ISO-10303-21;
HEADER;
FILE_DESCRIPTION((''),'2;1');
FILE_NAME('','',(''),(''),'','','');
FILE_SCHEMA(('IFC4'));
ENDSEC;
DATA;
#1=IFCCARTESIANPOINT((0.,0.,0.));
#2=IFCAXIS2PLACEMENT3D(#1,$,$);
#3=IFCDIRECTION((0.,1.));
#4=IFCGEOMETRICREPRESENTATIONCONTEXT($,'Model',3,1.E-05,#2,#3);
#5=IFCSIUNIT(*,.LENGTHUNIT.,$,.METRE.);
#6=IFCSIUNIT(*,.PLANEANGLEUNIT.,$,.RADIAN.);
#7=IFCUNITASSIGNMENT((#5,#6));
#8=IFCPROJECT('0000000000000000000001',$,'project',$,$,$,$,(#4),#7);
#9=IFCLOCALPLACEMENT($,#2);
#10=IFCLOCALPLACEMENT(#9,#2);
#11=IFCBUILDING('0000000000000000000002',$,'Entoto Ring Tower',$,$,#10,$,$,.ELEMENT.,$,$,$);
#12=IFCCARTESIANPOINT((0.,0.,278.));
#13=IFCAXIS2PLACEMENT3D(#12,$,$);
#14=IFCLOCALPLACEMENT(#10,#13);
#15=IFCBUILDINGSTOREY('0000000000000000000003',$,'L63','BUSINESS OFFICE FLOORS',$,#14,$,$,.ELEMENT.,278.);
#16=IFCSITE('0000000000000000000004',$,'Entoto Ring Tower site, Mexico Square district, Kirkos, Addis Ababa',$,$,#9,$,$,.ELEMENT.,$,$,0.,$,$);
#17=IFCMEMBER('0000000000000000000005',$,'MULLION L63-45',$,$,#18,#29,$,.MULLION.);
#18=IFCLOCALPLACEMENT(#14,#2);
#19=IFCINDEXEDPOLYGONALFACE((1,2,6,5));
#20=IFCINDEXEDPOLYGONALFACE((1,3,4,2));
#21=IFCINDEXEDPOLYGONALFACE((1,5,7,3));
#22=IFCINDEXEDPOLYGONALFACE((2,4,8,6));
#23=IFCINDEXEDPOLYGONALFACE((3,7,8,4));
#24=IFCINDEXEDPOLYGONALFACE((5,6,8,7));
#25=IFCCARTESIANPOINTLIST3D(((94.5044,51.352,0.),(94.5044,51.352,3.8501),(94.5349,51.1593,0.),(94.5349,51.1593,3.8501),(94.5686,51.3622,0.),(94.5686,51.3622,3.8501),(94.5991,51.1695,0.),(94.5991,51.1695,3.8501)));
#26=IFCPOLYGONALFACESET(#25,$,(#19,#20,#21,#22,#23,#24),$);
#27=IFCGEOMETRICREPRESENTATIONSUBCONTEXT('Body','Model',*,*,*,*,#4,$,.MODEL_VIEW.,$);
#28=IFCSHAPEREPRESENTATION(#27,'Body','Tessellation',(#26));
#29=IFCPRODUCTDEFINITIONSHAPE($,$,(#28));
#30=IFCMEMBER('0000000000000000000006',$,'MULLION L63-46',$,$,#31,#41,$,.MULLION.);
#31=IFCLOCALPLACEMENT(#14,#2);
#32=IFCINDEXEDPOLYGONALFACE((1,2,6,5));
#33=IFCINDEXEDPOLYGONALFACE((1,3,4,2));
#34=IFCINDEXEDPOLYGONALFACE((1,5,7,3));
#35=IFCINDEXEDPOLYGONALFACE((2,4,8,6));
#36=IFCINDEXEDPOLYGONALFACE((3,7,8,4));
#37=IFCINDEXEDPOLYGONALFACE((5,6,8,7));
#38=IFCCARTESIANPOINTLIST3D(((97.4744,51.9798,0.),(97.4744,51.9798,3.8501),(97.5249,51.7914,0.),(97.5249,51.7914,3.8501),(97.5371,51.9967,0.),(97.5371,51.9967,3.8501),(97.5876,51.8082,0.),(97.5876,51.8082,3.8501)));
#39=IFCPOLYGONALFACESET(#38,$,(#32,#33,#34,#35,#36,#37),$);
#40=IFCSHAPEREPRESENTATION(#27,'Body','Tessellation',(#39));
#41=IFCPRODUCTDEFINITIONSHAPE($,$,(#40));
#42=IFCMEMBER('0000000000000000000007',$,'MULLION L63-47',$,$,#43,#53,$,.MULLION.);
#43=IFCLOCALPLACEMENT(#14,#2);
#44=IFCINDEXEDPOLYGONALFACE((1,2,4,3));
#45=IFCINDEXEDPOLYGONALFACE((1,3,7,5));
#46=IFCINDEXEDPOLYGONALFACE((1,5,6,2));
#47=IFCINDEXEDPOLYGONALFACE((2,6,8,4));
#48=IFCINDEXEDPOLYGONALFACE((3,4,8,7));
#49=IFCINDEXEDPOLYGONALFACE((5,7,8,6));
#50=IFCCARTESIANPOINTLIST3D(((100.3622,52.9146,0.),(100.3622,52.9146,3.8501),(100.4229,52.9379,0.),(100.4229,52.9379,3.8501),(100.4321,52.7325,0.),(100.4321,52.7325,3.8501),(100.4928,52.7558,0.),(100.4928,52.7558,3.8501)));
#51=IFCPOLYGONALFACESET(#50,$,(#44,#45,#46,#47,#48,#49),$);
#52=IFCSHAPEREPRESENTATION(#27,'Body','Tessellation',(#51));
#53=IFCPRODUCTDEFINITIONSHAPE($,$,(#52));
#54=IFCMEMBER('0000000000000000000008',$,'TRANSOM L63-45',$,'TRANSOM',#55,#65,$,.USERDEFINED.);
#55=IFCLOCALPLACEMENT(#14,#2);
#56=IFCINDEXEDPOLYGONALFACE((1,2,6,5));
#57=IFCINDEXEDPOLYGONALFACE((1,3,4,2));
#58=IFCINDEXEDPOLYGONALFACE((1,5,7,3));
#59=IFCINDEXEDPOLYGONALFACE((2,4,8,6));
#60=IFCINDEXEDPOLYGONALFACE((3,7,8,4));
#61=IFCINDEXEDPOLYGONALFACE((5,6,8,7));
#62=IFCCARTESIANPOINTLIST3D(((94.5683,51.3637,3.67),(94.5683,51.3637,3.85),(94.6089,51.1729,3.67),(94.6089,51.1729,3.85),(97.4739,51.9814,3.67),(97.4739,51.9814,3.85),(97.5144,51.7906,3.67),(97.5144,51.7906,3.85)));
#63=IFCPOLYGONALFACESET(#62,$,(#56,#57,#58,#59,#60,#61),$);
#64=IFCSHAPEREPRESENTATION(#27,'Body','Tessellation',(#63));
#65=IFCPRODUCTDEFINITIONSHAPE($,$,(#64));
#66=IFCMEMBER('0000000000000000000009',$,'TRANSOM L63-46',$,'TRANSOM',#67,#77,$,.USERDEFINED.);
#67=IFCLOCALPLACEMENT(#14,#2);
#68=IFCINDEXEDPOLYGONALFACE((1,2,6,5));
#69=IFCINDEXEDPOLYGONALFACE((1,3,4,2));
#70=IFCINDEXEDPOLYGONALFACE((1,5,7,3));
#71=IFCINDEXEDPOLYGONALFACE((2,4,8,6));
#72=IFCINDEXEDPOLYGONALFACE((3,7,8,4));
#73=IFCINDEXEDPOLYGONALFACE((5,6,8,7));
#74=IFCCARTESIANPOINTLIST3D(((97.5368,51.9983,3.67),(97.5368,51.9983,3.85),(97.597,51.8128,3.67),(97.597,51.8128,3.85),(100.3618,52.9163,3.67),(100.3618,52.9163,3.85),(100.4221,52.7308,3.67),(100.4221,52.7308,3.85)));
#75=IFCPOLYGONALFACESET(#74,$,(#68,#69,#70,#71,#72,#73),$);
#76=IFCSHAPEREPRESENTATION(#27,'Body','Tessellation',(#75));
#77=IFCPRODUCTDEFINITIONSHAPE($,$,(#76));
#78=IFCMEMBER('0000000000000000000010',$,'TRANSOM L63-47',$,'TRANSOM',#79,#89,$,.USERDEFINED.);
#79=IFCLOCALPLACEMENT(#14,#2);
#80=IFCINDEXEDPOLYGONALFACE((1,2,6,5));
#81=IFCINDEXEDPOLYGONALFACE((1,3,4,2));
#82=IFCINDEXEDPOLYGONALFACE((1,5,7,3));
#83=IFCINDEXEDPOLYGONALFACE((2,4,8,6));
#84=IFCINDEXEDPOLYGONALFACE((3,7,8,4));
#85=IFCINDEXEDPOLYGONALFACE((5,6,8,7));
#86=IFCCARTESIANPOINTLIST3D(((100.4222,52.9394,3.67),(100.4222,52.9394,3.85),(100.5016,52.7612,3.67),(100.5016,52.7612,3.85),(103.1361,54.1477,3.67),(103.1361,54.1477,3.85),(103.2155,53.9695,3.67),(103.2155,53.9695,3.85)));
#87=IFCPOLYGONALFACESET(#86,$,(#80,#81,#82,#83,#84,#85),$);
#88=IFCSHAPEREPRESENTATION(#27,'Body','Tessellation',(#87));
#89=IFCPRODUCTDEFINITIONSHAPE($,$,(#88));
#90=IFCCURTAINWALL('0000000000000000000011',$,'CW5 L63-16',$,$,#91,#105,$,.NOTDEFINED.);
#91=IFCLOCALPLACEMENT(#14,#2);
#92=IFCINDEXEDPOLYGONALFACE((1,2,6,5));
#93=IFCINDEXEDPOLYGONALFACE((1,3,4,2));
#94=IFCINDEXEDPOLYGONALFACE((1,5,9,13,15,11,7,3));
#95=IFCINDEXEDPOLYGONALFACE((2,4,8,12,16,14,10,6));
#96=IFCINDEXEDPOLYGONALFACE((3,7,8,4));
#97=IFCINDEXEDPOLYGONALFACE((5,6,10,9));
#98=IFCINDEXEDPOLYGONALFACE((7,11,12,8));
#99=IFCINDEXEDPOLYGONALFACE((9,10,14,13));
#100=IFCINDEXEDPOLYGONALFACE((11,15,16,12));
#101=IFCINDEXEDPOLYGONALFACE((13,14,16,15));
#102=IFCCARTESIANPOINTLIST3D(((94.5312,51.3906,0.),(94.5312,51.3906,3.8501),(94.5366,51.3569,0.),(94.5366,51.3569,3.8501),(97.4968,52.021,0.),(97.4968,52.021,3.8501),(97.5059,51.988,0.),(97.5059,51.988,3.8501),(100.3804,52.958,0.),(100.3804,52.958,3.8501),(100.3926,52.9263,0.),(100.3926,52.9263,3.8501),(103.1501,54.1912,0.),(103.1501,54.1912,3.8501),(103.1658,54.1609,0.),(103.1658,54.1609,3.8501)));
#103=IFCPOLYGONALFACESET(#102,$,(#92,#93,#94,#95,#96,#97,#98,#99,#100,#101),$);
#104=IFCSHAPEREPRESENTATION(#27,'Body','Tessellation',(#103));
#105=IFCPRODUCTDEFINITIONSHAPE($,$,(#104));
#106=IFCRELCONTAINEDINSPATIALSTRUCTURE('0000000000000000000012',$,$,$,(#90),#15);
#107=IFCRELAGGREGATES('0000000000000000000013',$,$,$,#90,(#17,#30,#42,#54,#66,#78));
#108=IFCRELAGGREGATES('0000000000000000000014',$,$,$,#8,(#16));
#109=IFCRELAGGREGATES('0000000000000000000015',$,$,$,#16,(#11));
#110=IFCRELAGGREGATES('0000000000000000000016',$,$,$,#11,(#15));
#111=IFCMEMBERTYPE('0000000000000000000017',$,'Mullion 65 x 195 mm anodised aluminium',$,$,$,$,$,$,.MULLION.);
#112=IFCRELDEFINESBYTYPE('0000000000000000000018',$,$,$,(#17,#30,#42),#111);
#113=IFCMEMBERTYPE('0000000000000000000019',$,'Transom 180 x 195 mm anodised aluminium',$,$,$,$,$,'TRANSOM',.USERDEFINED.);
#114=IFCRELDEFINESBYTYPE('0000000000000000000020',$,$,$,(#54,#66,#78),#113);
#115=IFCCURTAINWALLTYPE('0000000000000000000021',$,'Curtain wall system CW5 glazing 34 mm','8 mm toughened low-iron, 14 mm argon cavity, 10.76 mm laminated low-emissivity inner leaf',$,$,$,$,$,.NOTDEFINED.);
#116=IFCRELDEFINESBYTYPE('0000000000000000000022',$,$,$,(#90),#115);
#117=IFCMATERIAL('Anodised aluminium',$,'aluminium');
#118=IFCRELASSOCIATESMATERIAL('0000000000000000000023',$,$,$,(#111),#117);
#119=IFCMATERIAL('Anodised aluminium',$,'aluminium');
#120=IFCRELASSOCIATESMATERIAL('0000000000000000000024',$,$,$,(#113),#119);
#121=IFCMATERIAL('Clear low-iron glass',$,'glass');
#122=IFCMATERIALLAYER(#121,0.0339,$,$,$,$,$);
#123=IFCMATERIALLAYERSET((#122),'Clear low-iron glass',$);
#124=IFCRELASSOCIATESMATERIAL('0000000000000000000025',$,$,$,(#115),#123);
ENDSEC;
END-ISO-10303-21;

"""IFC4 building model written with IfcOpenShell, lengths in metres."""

from ifc_helpers import new_model, si_unit, direction, frame, origin, origin_2d, place, context, subcontext, project, spatial, polyline, rectangle, outline, extrude, material, layer, layer_set, material_profile, profile_set, type_object, element, aggregate, save


model = new_model("IFC4")

# Units and contexts
model_context = context("Model", 3, precision=1e-05, world=origin(), true_north=direction((0.0, 1.0)))
body_context = subcontext(model_context, "Body", "Model", "MODEL_VIEW")
ifc_project = project(units=[si_unit("LENGTHUNIT", "METRE"), si_unit("PLANEANGLEUNIT", "RADIAN")], contexts=[model_context])

# Members
ifc_material_1 = material(Name="Anodised aluminium", Category="aluminium")
ifc_material_profile_1 = material_profile(ifc_material_1, rectangle(XDim=0.0649, YDim=0.1951, at=origin_2d()), Name="Mullion 65 x 195 mm anodised aluminium")
ifc_profile_set_1 = profile_set([ifc_material_profile_1], Name="Anodised aluminium")
member_type_1 = type_object("IfcMemberType", Name="Mullion 65 x 195 mm anodised aluminium", PredefinedType="MULLION", material=ifc_profile_set_1)
site_placement = place(None, origin())
building_placement = place(site_placement, origin())
storey_placement = place(building_placement, frame((0.0, 0.0, 278.0)))
member_1_placement = place(storey_placement, frame((94.5518, 51.2607, 0.0), z_axis=(0.0, 0.0, 1.0), x_axis=(0.987688, 0.156434, 0.0)))
member_1 = element("IfcMember", 1, at=member_1_placement, type_object=member_type_1, Name="MULLION L63-45", PredefinedType="MULLION", context=body_context, shape_type="SweptSolid", body=[
    extrude(rectangle(XDim=0.0649, YDim=0.1951, at=origin_2d()), origin(), (0.0, 0.0, 1.0), 3.8501),
])
member_2_placement = place(storey_placement, frame((97.531, 51.894, 0.0), z_axis=(0.0, 0.0, 1.0), x_axis=(0.965926, 0.258819, 0.0)))
member_2 = element("IfcMember", 2, at=member_2_placement, type_object=member_type_1, Name="MULLION L63-46", PredefinedType="MULLION", context=body_context, shape_type="SweptSolid", body=[
    extrude(rectangle(XDim=0.0649, YDim=0.1951, at=origin_2d()), origin(), (0.0, 0.0, 1.0), 3.8501),
])
member_3_placement = place(storey_placement, frame((100.4275, 52.8352, 0.0), z_axis=(0.0, 0.0, 1.0), x_axis=(0.93358, 0.358368, 0.0)))
member_3 = element("IfcMember", 3, at=member_3_placement, type_object=member_type_1, Name="MULLION L63-47", PredefinedType="MULLION", context=body_context, shape_type="SweptSolid", body=[
    extrude(rectangle(XDim=0.0649, YDim=0.1951, at=origin_2d()), origin(), (0.0, 0.0, 1.0), 3.8501),
])
ifc_material_2 = material(Name="Anodised aluminium", Category="aluminium")
ifc_material_profile_2 = material_profile(ifc_material_2, rectangle(XDim=0.1951, YDim=0.1799, at=origin_2d()), Name="Transom 180 x 195 mm anodised aluminium")
ifc_profile_set_2 = profile_set([ifc_material_profile_2], Name="Anodised aluminium")
member_type_2 = type_object("IfcMemberType", Name="Transom 180 x 195 mm anodised aluminium", ElementType="TRANSOM", PredefinedType="USERDEFINED", material=ifc_profile_set_2)
member_4_placement = place(storey_placement, frame((94.5886, 51.2683, 3.76), z_axis=(0.978142, 0.20794, 0.0), x_axis=(-0.20794, 0.978142, 0.0)))
member_4 = element("IfcMember", 4, at=member_4_placement, type_object=member_type_2, Name="TRANSOM L63-45", ObjectType="TRANSOM", PredefinedType="USERDEFINED", context=body_context, shape_type="SweptSolid", body=[
    extrude(rectangle(XDim=0.1951, YDim=0.1799, at=origin_2d()), origin(), (0.0, 0.0, 1.0), 2.9705),
])
member_5_placement = place(storey_placement, frame((97.5669, 51.9055, 3.76), z_axis=(0.951048, 0.309043, 0.0), x_axis=(-0.309043, 0.951048, 0.0)))
member_5 = element("IfcMember", 5, at=member_5_placement, type_object=member_type_2, Name="TRANSOM L63-46", ObjectType="TRANSOM", PredefinedType="USERDEFINED", context=body_context, shape_type="SweptSolid", body=[
    extrude(rectangle(XDim=0.1951, YDim=0.1799, at=origin_2d()), origin(), (0.0, 0.0, 1.0), 2.9705),
])
member_6_placement = place(storey_placement, frame((100.4619, 52.8503, 3.76), z_axis=(0.91355, 0.406726, 0.0), x_axis=(-0.406726, 0.91355, 0.0)))
member_6 = element("IfcMember", 6, at=member_6_placement, type_object=member_type_2, Name="TRANSOM L63-47", ObjectType="TRANSOM", PredefinedType="USERDEFINED", context=body_context, shape_type="SweptSolid", body=[
    extrude(rectangle(XDim=0.1951, YDim=0.1799, at=origin_2d()), origin(), (0.0, 0.0, 1.0), 2.9707),
])

# Site, building, storey
site = spatial("IfcSite", under=ifc_project, at=site_placement, Name="Entoto Ring Tower site, Mexico Square district, Kirkos, Addis Ababa", CompositionType="ELEMENT", RefElevation=0.0)
building = spatial("IfcBuilding", under=site, at=building_placement, Name="Entoto Ring Tower", CompositionType="ELEMENT")
storey = spatial("IfcBuildingStorey", under=building, at=storey_placement, Name="L63", Description="BUSINESS OFFICE FLOORS", CompositionType="ELEMENT", Elevation=278.0)

# Curtain wall
ifc_material_3 = material(Name="Clear low-iron glass", Category="glass")
ifc_layer_1 = layer(ifc_material_3, 0.0339)
ifc_layer_set_1 = layer_set([ifc_layer_1], Name="Clear low-iron glass")
curtain_wall_type = type_object("IfcCurtainWallType", Name="Curtain wall system CW5 glazing 34 mm", Description="8 mm toughened low-iron, 14 mm argon cavity, 10.76 mm laminated low-emissivity inner leaf", PredefinedType="NOTDEFINED", material=ifc_layer_set_1)
curtain_wall_1_placement = place(storey_placement, origin())
curtain_wall_1 = element("IfcCurtainWall", 7, at=curtain_wall_1_placement, inside=storey, type_object=curtain_wall_type, Name="CW5 L63-16", PredefinedType="NOTDEFINED", context=body_context, shape_type="SweptSolid", body=[
    extrude(outline(polyline([(94.5366, 51.3569), (97.5059, 51.988), (100.3926, 52.9263), (103.1658, 54.1609), (103.1501, 54.1912), (100.3804, 52.958), (97.4968, 52.021), (94.5312, 51.3906), (94.5366, 51.3569)])), origin(), (0.0, 0.0, 1.0), 3.8501),
])
aggregate(curtain_wall_1, [member_1, member_2, member_3, member_4, member_5, member_6])

save(model, "model.ifc")
